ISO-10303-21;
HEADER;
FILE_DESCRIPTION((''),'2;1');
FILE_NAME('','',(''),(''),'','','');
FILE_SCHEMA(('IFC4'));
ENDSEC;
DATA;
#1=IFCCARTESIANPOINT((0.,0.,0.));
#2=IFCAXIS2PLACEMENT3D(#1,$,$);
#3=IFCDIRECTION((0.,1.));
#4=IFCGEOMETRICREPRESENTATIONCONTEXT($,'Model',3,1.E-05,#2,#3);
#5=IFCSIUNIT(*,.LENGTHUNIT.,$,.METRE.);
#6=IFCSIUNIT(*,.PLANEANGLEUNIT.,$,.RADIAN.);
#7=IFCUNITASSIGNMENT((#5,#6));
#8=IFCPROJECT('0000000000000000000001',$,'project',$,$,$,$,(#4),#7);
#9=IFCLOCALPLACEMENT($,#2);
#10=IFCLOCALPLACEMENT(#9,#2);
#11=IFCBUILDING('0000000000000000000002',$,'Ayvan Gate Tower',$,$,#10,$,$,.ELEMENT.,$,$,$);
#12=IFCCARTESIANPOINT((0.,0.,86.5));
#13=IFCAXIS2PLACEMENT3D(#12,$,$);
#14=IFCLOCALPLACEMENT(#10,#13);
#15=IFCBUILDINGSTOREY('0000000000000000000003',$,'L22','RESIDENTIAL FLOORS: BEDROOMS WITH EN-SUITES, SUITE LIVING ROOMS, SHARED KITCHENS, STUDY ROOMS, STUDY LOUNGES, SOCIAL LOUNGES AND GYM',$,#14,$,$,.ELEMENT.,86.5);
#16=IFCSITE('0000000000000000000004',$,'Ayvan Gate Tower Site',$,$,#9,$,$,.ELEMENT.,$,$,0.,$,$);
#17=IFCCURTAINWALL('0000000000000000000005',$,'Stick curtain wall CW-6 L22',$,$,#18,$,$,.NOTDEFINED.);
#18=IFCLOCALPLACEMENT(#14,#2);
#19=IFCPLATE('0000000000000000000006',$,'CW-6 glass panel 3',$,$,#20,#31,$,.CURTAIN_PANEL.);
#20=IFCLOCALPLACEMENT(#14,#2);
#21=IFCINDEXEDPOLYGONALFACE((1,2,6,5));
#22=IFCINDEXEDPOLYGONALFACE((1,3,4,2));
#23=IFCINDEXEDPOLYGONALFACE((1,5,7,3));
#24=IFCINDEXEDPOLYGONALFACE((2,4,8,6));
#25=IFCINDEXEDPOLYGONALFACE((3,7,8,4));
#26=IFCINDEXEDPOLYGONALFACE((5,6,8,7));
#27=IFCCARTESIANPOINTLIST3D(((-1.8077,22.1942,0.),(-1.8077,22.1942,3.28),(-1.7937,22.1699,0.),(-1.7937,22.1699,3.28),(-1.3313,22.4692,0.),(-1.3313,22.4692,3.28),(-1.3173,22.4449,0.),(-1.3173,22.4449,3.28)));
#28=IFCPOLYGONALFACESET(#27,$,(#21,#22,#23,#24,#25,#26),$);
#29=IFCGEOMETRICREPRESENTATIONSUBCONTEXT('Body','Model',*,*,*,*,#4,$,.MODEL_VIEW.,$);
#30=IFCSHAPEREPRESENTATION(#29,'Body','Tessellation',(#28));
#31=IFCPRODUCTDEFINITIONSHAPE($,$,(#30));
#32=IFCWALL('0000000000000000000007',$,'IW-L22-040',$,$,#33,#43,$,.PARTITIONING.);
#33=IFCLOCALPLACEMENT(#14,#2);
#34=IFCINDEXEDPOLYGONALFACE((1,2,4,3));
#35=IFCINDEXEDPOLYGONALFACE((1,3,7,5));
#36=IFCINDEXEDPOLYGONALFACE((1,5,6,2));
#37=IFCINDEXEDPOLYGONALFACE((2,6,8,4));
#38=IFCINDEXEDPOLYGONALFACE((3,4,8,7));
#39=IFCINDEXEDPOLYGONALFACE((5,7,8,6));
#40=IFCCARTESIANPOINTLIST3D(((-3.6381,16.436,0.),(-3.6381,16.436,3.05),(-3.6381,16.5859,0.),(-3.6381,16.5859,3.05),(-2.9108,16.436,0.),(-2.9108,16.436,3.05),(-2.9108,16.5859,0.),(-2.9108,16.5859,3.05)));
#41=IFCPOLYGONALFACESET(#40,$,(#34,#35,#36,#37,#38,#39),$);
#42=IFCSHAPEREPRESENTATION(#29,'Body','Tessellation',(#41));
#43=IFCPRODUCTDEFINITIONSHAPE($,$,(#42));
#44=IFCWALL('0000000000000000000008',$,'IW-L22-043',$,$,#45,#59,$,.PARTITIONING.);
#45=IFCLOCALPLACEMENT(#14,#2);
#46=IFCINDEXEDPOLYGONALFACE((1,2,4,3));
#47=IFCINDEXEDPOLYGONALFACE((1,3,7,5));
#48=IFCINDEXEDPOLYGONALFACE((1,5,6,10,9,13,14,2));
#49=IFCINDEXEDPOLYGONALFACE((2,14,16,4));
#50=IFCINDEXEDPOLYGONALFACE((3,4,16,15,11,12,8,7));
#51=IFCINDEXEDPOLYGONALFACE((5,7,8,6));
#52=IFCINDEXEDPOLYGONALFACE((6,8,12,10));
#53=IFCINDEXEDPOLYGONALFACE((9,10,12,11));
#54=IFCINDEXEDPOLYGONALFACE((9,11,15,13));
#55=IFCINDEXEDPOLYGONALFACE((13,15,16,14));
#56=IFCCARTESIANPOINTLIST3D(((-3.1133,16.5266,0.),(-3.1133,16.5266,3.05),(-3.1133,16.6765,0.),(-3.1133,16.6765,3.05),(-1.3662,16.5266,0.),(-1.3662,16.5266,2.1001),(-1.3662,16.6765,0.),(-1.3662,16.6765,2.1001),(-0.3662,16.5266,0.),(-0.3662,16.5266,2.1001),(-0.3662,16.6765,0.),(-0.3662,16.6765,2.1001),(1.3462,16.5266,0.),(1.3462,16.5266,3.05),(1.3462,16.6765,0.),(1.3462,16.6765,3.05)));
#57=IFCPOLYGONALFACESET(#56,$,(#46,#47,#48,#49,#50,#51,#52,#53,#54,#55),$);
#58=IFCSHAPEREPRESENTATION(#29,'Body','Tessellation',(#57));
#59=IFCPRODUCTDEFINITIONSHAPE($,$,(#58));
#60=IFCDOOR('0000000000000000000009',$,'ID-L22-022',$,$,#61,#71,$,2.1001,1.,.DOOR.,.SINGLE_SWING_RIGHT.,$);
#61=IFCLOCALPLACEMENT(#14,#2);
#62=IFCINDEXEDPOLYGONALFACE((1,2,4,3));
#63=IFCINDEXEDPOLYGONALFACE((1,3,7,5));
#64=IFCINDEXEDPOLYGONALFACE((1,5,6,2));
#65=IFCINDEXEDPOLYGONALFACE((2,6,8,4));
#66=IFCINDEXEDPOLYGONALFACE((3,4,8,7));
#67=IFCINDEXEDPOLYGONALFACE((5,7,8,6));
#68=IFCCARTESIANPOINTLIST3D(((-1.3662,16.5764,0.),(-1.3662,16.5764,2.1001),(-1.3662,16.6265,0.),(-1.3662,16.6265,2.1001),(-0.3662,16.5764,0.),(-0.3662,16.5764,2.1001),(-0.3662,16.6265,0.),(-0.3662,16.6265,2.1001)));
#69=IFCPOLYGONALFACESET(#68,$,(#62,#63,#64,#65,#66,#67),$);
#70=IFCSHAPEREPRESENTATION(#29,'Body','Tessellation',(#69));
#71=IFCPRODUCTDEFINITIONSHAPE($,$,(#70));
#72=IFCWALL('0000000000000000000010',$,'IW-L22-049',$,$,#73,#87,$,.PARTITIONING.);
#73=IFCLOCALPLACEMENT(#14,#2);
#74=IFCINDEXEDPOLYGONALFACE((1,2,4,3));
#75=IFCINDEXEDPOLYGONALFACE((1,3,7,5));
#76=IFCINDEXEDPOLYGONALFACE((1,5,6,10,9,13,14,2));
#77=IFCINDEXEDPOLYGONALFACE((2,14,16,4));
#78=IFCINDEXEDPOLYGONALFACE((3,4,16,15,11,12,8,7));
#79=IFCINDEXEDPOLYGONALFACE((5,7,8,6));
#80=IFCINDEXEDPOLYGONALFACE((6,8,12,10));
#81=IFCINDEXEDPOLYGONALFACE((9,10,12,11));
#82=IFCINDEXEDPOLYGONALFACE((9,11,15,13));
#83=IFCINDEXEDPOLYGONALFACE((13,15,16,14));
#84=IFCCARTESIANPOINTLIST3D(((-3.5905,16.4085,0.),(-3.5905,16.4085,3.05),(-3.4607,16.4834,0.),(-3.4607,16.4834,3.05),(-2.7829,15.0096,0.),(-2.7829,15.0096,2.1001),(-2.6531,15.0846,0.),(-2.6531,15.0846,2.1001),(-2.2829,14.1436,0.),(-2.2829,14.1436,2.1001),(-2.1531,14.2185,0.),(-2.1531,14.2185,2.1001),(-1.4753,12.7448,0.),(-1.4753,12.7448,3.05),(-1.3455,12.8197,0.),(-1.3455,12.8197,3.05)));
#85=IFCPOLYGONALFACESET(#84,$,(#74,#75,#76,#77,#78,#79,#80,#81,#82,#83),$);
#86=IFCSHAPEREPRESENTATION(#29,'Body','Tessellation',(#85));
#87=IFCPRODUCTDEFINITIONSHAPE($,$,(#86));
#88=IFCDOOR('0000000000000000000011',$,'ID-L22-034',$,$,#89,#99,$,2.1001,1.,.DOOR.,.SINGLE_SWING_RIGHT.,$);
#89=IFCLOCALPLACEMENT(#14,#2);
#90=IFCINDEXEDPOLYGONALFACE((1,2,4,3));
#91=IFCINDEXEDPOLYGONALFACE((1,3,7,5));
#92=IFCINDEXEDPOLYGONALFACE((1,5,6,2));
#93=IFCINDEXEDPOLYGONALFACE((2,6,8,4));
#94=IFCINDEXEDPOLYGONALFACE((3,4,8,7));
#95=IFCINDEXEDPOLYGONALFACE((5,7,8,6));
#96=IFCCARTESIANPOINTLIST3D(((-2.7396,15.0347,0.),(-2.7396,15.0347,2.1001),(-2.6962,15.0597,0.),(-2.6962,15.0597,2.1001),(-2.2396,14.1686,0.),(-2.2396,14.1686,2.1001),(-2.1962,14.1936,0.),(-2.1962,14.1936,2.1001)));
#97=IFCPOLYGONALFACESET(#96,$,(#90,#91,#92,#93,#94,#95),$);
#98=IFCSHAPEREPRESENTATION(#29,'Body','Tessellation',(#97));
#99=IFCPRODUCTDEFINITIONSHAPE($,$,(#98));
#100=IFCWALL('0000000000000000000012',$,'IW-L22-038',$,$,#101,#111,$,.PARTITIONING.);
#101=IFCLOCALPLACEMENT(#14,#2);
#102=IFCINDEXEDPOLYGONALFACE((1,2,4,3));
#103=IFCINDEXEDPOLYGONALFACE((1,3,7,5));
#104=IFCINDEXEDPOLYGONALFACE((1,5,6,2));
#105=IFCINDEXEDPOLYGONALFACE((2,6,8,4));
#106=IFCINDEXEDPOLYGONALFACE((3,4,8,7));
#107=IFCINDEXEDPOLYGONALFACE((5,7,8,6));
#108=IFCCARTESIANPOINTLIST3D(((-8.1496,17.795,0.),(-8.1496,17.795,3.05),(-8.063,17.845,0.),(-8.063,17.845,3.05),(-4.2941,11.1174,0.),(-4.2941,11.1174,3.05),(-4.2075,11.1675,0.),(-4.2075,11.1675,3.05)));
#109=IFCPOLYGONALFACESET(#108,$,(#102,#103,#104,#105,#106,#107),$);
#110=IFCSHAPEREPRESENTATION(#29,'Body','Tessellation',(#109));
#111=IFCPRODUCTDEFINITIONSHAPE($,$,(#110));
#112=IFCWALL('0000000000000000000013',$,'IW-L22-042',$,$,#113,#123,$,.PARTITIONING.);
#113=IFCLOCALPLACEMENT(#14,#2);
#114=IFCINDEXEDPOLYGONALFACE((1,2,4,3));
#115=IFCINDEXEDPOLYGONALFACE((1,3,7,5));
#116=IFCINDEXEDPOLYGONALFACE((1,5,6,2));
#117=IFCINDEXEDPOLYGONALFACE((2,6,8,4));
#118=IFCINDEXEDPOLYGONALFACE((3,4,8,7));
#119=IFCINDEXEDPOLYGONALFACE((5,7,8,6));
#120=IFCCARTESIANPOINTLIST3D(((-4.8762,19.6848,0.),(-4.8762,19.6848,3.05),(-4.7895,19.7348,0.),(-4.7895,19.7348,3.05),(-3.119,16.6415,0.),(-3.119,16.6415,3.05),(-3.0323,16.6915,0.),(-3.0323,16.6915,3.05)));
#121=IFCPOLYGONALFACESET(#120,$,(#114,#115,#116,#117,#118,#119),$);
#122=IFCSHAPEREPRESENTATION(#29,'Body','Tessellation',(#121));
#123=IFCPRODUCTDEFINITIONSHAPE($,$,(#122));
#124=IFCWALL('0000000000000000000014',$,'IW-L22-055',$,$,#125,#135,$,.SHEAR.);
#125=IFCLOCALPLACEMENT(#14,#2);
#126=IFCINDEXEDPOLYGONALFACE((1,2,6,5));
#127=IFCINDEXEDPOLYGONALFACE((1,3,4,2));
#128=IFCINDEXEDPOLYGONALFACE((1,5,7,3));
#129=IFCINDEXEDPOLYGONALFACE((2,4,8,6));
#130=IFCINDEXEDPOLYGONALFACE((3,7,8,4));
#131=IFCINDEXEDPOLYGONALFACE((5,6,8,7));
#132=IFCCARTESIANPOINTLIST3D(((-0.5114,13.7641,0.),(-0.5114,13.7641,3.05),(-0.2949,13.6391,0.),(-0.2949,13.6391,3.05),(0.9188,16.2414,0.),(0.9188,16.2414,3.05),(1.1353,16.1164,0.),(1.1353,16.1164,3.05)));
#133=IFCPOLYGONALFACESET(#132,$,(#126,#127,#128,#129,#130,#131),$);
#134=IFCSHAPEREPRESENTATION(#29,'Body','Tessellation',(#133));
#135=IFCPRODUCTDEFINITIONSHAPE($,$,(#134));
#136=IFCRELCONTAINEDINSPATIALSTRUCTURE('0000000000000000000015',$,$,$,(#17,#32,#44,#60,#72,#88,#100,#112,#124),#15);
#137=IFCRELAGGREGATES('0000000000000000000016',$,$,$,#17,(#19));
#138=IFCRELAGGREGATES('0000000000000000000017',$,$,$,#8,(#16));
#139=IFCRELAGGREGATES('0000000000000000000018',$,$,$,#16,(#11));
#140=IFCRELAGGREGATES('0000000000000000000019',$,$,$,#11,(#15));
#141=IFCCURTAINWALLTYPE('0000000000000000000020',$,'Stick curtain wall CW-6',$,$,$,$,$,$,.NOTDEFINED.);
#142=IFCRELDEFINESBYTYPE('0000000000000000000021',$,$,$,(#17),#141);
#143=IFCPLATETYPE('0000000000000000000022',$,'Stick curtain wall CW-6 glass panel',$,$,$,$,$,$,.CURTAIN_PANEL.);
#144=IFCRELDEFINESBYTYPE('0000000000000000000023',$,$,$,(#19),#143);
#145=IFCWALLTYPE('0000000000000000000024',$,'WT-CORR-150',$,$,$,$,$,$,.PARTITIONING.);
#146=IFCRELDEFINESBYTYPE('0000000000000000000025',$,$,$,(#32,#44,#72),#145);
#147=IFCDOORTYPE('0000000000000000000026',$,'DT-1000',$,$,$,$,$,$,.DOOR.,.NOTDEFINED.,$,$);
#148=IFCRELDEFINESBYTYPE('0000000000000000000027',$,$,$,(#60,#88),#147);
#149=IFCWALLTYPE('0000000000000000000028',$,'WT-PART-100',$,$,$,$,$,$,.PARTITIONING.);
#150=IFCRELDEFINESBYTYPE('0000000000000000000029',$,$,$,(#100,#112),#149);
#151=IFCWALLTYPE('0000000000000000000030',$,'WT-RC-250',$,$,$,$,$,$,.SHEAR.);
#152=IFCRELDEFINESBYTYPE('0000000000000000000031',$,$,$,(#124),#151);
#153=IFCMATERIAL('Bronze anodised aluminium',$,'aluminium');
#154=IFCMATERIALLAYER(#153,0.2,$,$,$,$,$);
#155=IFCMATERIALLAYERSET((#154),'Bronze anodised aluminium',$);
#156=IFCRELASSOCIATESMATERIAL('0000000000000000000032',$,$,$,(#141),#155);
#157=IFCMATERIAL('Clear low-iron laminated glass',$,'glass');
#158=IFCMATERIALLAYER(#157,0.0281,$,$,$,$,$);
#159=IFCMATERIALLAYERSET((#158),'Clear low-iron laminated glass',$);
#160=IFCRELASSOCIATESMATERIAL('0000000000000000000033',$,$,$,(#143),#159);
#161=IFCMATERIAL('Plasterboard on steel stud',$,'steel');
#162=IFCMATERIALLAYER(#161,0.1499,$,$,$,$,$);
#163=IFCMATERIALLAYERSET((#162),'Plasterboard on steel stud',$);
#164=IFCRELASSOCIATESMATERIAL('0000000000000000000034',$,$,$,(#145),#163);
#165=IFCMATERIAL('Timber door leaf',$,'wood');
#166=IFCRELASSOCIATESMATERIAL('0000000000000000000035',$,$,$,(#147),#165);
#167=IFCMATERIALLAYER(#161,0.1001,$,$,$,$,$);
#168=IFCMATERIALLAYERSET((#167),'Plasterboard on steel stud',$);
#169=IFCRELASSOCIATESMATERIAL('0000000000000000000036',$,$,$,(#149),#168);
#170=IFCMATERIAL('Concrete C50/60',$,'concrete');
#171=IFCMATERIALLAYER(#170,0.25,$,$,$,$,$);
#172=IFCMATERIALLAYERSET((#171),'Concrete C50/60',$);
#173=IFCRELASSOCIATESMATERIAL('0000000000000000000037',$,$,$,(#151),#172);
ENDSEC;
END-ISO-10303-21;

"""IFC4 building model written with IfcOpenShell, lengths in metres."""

from ifc_helpers import new_model, si_unit, direction, frame, frame_2d, origin, origin_2d, place, context, subcontext, project, spatial, rectangle, extrude, material, layer, layer_set, type_object, element, fill, aggregate, save


model = new_model("IFC4")

# Units and contexts
model_context = context("Model", 3, precision=1e-05, world=origin(), true_north=direction((0.0, 1.0)))
body_context = subcontext(model_context, "Body", "Model", "MODEL_VIEW")
ifc_project = project(units=[si_unit("LENGTHUNIT", "METRE"), si_unit("PLANEANGLEUNIT", "RADIAN")], contexts=[model_context])

# Site, building, storey
site_placement = place(None, origin())
site = spatial("IfcSite", under=ifc_project, at=site_placement, Name="Ayvan Gate Tower Site", CompositionType="ELEMENT", RefElevation=0.0)
building_placement = place(site_placement, origin())
building = spatial("IfcBuilding", under=site, at=building_placement, Name="Ayvan Gate Tower", CompositionType="ELEMENT")
storey_placement = place(building_placement, frame((0.0, 0.0, 86.5)))
storey = spatial("IfcBuildingStorey", under=building, at=storey_placement, Name="L22", Description="RESIDENTIAL FLOORS: BEDROOMS WITH EN-SUITES, SUITE LIVING ROOMS, SHARED KITCHENS, STUDY ROOMS, STUDY LOUNGES, SOCIAL LOUNGES AND GYM", CompositionType="ELEMENT", Elevation=86.5)

# Shared definitions
ifc_material_1 = material(Name="Bronze anodised aluminium", Category="aluminium")

# Curtain wall
ifc_layer_1 = layer(ifc_material_1, 0.2)
ifc_layer_set_1 = layer_set([ifc_layer_1], Name="Bronze anodised aluminium")
curtain_wall_type_1 = type_object("IfcCurtainWallType", Name="Stick curtain wall CW-6", PredefinedType="NOTDEFINED", material=ifc_layer_set_1)
curtain_wall_1_placement = place(storey_placement, origin())
curtain_wall_1 = element("IfcCurtainWall", 1, at=curtain_wall_1_placement, inside=storey, type_object=curtain_wall_type_1, Name="Stick curtain wall CW-6 L22", PredefinedType="NOTDEFINED")

# Plate
ifc_material_2 = material(Name="Clear low-iron laminated glass", Category="glass")
ifc_layer_2 = layer(ifc_material_2, 0.0281)
ifc_layer_set_2 = layer_set([ifc_layer_2], Name="Clear low-iron laminated glass")
plate_type_1 = type_object("IfcPlateType", Name="Stick curtain wall CW-6 glass panel", PredefinedType="CURTAIN_PANEL", material=ifc_layer_set_2)
plate_1_placement = place(storey_placement, frame((-1.5625, 22.3196, 0.0), z_axis=(0.0, 0.0, 1.0), x_axis=(-0.866025, -0.5, 0.0)))
plate_1 = element("IfcPlate", 2, at=plate_1_placement, type_object=plate_type_1, Name="CW-6 glass panel 3", PredefinedType="CURTAIN_PANEL", context=body_context, shape_type="SweptSolid", body=[
    extrude(rectangle(XDim=0.55, YDim=0.0281, at=origin_2d()), origin(), (0.0, 0.0, 1.0), 3.28),
])
aggregate(curtain_wall_1, [plate_1])

# Wall
ifc_material_3 = material(Name="Plasterboard on steel stud", Category="steel")
ifc_layer_3 = layer(ifc_material_3, 0.1499)
ifc_layer_set_3 = layer_set([ifc_layer_3], Name="Plasterboard on steel stud")
wall_type_1 = type_object("IfcWallType", Name="WT-CORR-150", PredefinedType="PARTITIONING", material=ifc_layer_set_3)
wall_1_placement = place(storey_placement, frame((-3.6382, 16.511, 0.0), z_axis=(0.0, 0.0, 1.0), x_axis=(1.0, 0.0, 0.0)))
element("IfcWall", 3, at=wall_1_placement, inside=storey, type_object=wall_type_1, Name="IW-L22-040", PredefinedType="PARTITIONING", context=body_context, shape_type="SweptSolid", body=[
    extrude(rectangle(XDim=0.7273, YDim=0.1499, at=frame_2d((0.3638, 0.0))), origin(), (0.0, 0.0, 1.0), 3.05),
])

# Walls, openings, doors
wall_2_placement = place(storey_placement, frame((-3.1133, 16.6016, 0.0), z_axis=(0.0, 0.0, 1.0), x_axis=(1.0, 0.0, 0.0)))
wall_2 = element("IfcWall", 4, at=wall_2_placement, inside=storey, type_object=wall_type_1, Name="IW-L22-043", PredefinedType="PARTITIONING", context=body_context, shape_type="SweptSolid", body=[
    extrude(rectangle(XDim=4.4595, YDim=0.1499, at=frame_2d((2.2297, 0.0))), origin(), (0.0, 0.0, 1.0), 3.05),
])
opening_1_placement = place(wall_2_placement, frame((1.7471, 0.0, 0.0)))
opening_1 = element("IfcOpeningElement", 5, at=opening_1_placement, cuts=wall_2, PredefinedType="OPENING", context=body_context, shape_type="SweptSolid", body=[
    extrude(rectangle(XDim=1.0, YDim=2.1001, at=frame_2d((0.5, 1.05))), frame((0.0, 0.085, 0.0), z_axis=(0.0, -1.0, 0.0), x_axis=(1.0, 0.0, 0.0)), (0.0, 0.0, 1.0), 0.1699),
])
ifc_material_4 = material(Name="Timber door leaf", Category="wood")
door_type_1 = type_object("IfcDoorType", Name="DT-1000", OperationType="NOTDEFINED", PredefinedType="DOOR", material=ifc_material_4)
door_1_placement = place(opening_1_placement, origin())
door_1 = element("IfcDoor", 6, at=door_1_placement, inside=storey, type_object=door_type_1, Name="ID-L22-022", OperationType="SINGLE_SWING_RIGHT", OverallHeight=2.1001, OverallWidth=1.0, PredefinedType="DOOR", context=body_context, shape_type="SweptSolid", body=[
    extrude(rectangle(XDim=1.0, YDim=2.1001, at=frame_2d((0.5, 1.05))), frame((0.0, 0.0249, 0.0), z_axis=(0.0, -1.0, 0.0), x_axis=(1.0, 0.0, 0.0)), (0.0, 0.0, 1.0), 0.05),
])
fill(opening_1, door_1)
wall_3_placement = place(storey_placement, frame((-1.4104, 12.7822, 0.0), z_axis=(0.0, 0.0, 1.0), x_axis=(-0.499987, 0.866033, 0.0)))
wall_3 = element("IfcWall", 7, at=wall_3_placement, inside=storey, type_object=wall_type_1, Name="IW-L22-049", PredefinedType="PARTITIONING", context=body_context, shape_type="SweptSolid", body=[
    extrude(rectangle(XDim=4.2305, YDim=0.1499, at=frame_2d((2.1152, 0.0))), origin(), (0.0, 0.0, 1.0), 3.05),
])
opening_2_placement = place(wall_3_placement, frame((1.6152, 0.0, 0.0)))
opening_2 = element("IfcOpeningElement", 8, at=opening_2_placement, cuts=wall_3, PredefinedType="OPENING", context=body_context, shape_type="SweptSolid", body=[
    extrude(rectangle(XDim=1.0, YDim=2.1001, at=frame_2d((0.5, 1.05))), frame((0.0, 0.085, 0.0), z_axis=(0.0, -1.0, 0.0), x_axis=(1.0, 0.0, 0.0)), (0.0, 0.0, 1.0), 0.1699),
])
door_2_placement = place(opening_2_placement, origin())
door_2 = element("IfcDoor", 9, at=door_2_placement, inside=storey, type_object=door_type_1, Name="ID-L22-034", OperationType="SINGLE_SWING_RIGHT", OverallHeight=2.1001, OverallWidth=1.0, PredefinedType="DOOR", context=body_context, shape_type="SweptSolid", body=[
    extrude(rectangle(XDim=1.0, YDim=2.1001, at=frame_2d((0.5, 1.05))), frame((0.0, 0.0249, 0.0), z_axis=(0.0, -1.0, 0.0), x_axis=(1.0, 0.0, 0.0)), (0.0, 0.0, 1.0), 0.05),
])
fill(opening_2, door_2)

# Walls
ifc_layer_4 = layer(ifc_material_3, 0.1001)
ifc_layer_set_4 = layer_set([ifc_layer_4], Name="Plasterboard on steel stud")
wall_type_2 = type_object("IfcWallType", Name="WT-PART-100", PredefinedType="PARTITIONING", material=ifc_layer_set_4)
wall_4_placement = place(storey_placement, frame((-4.2507, 11.1423, 0.0), z_axis=(0.0, 0.0, 1.0), x_axis=(-0.500021, 0.866013, 0.0)))
element("IfcWall", 10, at=wall_4_placement, inside=storey, type_object=wall_type_2, Name="IW-L22-038", PredefinedType="PARTITIONING", context=body_context, shape_type="SweptSolid", body=[
    extrude(rectangle(XDim=7.7107, YDim=0.1001, at=frame_2d((3.8555, 0.0))), origin(), (0.0, 0.0, 1.0), 3.05),
])
wall_5_placement = place(storey_placement, frame((-3.0757, 16.6665, 0.0), z_axis=(0.0, 0.0, 1.0), x_axis=(-0.500017, 0.866016, 0.0)))
element("IfcWall", 11, at=wall_5_placement, inside=storey, type_object=wall_type_2, Name="IW-L22-042", PredefinedType="PARTITIONING", context=body_context, shape_type="SweptSolid", body=[
    extrude(rectangle(XDim=3.5142, YDim=0.1001, at=frame_2d((1.7571, 0.0))), origin(), (0.0, 0.0, 1.0), 3.05),
])
ifc_material_5 = material(Name="Concrete C50/60", Category="concrete")
ifc_layer_5 = layer(ifc_material_5, 0.25)
ifc_layer_set_5 = layer_set([ifc_layer_5], Name="Concrete C50/60")
wall_type_3 = type_object("IfcWallType", Name="WT-RC-250", PredefinedType="SHEAR", material=ifc_layer_set_5)
wall_6_placement = place(storey_placement, frame((-0.4031, 13.7017, 0.0), z_axis=(0.0, 0.0, 1.0), x_axis=(0.499976, 0.866039, 0.0)))
element("IfcWall", 12, at=wall_6_placement, inside=storey, type_object=wall_type_3, Name="IW-L22-055", PredefinedType="SHEAR", context=body_context, shape_type="SweptSolid", body=[
    extrude(rectangle(XDim=2.8606, YDim=0.25, at=frame_2d((1.4302, 0.0))), origin(), (0.0, 0.0, 1.0), 3.05),
])

save(model, "model.ifc")
